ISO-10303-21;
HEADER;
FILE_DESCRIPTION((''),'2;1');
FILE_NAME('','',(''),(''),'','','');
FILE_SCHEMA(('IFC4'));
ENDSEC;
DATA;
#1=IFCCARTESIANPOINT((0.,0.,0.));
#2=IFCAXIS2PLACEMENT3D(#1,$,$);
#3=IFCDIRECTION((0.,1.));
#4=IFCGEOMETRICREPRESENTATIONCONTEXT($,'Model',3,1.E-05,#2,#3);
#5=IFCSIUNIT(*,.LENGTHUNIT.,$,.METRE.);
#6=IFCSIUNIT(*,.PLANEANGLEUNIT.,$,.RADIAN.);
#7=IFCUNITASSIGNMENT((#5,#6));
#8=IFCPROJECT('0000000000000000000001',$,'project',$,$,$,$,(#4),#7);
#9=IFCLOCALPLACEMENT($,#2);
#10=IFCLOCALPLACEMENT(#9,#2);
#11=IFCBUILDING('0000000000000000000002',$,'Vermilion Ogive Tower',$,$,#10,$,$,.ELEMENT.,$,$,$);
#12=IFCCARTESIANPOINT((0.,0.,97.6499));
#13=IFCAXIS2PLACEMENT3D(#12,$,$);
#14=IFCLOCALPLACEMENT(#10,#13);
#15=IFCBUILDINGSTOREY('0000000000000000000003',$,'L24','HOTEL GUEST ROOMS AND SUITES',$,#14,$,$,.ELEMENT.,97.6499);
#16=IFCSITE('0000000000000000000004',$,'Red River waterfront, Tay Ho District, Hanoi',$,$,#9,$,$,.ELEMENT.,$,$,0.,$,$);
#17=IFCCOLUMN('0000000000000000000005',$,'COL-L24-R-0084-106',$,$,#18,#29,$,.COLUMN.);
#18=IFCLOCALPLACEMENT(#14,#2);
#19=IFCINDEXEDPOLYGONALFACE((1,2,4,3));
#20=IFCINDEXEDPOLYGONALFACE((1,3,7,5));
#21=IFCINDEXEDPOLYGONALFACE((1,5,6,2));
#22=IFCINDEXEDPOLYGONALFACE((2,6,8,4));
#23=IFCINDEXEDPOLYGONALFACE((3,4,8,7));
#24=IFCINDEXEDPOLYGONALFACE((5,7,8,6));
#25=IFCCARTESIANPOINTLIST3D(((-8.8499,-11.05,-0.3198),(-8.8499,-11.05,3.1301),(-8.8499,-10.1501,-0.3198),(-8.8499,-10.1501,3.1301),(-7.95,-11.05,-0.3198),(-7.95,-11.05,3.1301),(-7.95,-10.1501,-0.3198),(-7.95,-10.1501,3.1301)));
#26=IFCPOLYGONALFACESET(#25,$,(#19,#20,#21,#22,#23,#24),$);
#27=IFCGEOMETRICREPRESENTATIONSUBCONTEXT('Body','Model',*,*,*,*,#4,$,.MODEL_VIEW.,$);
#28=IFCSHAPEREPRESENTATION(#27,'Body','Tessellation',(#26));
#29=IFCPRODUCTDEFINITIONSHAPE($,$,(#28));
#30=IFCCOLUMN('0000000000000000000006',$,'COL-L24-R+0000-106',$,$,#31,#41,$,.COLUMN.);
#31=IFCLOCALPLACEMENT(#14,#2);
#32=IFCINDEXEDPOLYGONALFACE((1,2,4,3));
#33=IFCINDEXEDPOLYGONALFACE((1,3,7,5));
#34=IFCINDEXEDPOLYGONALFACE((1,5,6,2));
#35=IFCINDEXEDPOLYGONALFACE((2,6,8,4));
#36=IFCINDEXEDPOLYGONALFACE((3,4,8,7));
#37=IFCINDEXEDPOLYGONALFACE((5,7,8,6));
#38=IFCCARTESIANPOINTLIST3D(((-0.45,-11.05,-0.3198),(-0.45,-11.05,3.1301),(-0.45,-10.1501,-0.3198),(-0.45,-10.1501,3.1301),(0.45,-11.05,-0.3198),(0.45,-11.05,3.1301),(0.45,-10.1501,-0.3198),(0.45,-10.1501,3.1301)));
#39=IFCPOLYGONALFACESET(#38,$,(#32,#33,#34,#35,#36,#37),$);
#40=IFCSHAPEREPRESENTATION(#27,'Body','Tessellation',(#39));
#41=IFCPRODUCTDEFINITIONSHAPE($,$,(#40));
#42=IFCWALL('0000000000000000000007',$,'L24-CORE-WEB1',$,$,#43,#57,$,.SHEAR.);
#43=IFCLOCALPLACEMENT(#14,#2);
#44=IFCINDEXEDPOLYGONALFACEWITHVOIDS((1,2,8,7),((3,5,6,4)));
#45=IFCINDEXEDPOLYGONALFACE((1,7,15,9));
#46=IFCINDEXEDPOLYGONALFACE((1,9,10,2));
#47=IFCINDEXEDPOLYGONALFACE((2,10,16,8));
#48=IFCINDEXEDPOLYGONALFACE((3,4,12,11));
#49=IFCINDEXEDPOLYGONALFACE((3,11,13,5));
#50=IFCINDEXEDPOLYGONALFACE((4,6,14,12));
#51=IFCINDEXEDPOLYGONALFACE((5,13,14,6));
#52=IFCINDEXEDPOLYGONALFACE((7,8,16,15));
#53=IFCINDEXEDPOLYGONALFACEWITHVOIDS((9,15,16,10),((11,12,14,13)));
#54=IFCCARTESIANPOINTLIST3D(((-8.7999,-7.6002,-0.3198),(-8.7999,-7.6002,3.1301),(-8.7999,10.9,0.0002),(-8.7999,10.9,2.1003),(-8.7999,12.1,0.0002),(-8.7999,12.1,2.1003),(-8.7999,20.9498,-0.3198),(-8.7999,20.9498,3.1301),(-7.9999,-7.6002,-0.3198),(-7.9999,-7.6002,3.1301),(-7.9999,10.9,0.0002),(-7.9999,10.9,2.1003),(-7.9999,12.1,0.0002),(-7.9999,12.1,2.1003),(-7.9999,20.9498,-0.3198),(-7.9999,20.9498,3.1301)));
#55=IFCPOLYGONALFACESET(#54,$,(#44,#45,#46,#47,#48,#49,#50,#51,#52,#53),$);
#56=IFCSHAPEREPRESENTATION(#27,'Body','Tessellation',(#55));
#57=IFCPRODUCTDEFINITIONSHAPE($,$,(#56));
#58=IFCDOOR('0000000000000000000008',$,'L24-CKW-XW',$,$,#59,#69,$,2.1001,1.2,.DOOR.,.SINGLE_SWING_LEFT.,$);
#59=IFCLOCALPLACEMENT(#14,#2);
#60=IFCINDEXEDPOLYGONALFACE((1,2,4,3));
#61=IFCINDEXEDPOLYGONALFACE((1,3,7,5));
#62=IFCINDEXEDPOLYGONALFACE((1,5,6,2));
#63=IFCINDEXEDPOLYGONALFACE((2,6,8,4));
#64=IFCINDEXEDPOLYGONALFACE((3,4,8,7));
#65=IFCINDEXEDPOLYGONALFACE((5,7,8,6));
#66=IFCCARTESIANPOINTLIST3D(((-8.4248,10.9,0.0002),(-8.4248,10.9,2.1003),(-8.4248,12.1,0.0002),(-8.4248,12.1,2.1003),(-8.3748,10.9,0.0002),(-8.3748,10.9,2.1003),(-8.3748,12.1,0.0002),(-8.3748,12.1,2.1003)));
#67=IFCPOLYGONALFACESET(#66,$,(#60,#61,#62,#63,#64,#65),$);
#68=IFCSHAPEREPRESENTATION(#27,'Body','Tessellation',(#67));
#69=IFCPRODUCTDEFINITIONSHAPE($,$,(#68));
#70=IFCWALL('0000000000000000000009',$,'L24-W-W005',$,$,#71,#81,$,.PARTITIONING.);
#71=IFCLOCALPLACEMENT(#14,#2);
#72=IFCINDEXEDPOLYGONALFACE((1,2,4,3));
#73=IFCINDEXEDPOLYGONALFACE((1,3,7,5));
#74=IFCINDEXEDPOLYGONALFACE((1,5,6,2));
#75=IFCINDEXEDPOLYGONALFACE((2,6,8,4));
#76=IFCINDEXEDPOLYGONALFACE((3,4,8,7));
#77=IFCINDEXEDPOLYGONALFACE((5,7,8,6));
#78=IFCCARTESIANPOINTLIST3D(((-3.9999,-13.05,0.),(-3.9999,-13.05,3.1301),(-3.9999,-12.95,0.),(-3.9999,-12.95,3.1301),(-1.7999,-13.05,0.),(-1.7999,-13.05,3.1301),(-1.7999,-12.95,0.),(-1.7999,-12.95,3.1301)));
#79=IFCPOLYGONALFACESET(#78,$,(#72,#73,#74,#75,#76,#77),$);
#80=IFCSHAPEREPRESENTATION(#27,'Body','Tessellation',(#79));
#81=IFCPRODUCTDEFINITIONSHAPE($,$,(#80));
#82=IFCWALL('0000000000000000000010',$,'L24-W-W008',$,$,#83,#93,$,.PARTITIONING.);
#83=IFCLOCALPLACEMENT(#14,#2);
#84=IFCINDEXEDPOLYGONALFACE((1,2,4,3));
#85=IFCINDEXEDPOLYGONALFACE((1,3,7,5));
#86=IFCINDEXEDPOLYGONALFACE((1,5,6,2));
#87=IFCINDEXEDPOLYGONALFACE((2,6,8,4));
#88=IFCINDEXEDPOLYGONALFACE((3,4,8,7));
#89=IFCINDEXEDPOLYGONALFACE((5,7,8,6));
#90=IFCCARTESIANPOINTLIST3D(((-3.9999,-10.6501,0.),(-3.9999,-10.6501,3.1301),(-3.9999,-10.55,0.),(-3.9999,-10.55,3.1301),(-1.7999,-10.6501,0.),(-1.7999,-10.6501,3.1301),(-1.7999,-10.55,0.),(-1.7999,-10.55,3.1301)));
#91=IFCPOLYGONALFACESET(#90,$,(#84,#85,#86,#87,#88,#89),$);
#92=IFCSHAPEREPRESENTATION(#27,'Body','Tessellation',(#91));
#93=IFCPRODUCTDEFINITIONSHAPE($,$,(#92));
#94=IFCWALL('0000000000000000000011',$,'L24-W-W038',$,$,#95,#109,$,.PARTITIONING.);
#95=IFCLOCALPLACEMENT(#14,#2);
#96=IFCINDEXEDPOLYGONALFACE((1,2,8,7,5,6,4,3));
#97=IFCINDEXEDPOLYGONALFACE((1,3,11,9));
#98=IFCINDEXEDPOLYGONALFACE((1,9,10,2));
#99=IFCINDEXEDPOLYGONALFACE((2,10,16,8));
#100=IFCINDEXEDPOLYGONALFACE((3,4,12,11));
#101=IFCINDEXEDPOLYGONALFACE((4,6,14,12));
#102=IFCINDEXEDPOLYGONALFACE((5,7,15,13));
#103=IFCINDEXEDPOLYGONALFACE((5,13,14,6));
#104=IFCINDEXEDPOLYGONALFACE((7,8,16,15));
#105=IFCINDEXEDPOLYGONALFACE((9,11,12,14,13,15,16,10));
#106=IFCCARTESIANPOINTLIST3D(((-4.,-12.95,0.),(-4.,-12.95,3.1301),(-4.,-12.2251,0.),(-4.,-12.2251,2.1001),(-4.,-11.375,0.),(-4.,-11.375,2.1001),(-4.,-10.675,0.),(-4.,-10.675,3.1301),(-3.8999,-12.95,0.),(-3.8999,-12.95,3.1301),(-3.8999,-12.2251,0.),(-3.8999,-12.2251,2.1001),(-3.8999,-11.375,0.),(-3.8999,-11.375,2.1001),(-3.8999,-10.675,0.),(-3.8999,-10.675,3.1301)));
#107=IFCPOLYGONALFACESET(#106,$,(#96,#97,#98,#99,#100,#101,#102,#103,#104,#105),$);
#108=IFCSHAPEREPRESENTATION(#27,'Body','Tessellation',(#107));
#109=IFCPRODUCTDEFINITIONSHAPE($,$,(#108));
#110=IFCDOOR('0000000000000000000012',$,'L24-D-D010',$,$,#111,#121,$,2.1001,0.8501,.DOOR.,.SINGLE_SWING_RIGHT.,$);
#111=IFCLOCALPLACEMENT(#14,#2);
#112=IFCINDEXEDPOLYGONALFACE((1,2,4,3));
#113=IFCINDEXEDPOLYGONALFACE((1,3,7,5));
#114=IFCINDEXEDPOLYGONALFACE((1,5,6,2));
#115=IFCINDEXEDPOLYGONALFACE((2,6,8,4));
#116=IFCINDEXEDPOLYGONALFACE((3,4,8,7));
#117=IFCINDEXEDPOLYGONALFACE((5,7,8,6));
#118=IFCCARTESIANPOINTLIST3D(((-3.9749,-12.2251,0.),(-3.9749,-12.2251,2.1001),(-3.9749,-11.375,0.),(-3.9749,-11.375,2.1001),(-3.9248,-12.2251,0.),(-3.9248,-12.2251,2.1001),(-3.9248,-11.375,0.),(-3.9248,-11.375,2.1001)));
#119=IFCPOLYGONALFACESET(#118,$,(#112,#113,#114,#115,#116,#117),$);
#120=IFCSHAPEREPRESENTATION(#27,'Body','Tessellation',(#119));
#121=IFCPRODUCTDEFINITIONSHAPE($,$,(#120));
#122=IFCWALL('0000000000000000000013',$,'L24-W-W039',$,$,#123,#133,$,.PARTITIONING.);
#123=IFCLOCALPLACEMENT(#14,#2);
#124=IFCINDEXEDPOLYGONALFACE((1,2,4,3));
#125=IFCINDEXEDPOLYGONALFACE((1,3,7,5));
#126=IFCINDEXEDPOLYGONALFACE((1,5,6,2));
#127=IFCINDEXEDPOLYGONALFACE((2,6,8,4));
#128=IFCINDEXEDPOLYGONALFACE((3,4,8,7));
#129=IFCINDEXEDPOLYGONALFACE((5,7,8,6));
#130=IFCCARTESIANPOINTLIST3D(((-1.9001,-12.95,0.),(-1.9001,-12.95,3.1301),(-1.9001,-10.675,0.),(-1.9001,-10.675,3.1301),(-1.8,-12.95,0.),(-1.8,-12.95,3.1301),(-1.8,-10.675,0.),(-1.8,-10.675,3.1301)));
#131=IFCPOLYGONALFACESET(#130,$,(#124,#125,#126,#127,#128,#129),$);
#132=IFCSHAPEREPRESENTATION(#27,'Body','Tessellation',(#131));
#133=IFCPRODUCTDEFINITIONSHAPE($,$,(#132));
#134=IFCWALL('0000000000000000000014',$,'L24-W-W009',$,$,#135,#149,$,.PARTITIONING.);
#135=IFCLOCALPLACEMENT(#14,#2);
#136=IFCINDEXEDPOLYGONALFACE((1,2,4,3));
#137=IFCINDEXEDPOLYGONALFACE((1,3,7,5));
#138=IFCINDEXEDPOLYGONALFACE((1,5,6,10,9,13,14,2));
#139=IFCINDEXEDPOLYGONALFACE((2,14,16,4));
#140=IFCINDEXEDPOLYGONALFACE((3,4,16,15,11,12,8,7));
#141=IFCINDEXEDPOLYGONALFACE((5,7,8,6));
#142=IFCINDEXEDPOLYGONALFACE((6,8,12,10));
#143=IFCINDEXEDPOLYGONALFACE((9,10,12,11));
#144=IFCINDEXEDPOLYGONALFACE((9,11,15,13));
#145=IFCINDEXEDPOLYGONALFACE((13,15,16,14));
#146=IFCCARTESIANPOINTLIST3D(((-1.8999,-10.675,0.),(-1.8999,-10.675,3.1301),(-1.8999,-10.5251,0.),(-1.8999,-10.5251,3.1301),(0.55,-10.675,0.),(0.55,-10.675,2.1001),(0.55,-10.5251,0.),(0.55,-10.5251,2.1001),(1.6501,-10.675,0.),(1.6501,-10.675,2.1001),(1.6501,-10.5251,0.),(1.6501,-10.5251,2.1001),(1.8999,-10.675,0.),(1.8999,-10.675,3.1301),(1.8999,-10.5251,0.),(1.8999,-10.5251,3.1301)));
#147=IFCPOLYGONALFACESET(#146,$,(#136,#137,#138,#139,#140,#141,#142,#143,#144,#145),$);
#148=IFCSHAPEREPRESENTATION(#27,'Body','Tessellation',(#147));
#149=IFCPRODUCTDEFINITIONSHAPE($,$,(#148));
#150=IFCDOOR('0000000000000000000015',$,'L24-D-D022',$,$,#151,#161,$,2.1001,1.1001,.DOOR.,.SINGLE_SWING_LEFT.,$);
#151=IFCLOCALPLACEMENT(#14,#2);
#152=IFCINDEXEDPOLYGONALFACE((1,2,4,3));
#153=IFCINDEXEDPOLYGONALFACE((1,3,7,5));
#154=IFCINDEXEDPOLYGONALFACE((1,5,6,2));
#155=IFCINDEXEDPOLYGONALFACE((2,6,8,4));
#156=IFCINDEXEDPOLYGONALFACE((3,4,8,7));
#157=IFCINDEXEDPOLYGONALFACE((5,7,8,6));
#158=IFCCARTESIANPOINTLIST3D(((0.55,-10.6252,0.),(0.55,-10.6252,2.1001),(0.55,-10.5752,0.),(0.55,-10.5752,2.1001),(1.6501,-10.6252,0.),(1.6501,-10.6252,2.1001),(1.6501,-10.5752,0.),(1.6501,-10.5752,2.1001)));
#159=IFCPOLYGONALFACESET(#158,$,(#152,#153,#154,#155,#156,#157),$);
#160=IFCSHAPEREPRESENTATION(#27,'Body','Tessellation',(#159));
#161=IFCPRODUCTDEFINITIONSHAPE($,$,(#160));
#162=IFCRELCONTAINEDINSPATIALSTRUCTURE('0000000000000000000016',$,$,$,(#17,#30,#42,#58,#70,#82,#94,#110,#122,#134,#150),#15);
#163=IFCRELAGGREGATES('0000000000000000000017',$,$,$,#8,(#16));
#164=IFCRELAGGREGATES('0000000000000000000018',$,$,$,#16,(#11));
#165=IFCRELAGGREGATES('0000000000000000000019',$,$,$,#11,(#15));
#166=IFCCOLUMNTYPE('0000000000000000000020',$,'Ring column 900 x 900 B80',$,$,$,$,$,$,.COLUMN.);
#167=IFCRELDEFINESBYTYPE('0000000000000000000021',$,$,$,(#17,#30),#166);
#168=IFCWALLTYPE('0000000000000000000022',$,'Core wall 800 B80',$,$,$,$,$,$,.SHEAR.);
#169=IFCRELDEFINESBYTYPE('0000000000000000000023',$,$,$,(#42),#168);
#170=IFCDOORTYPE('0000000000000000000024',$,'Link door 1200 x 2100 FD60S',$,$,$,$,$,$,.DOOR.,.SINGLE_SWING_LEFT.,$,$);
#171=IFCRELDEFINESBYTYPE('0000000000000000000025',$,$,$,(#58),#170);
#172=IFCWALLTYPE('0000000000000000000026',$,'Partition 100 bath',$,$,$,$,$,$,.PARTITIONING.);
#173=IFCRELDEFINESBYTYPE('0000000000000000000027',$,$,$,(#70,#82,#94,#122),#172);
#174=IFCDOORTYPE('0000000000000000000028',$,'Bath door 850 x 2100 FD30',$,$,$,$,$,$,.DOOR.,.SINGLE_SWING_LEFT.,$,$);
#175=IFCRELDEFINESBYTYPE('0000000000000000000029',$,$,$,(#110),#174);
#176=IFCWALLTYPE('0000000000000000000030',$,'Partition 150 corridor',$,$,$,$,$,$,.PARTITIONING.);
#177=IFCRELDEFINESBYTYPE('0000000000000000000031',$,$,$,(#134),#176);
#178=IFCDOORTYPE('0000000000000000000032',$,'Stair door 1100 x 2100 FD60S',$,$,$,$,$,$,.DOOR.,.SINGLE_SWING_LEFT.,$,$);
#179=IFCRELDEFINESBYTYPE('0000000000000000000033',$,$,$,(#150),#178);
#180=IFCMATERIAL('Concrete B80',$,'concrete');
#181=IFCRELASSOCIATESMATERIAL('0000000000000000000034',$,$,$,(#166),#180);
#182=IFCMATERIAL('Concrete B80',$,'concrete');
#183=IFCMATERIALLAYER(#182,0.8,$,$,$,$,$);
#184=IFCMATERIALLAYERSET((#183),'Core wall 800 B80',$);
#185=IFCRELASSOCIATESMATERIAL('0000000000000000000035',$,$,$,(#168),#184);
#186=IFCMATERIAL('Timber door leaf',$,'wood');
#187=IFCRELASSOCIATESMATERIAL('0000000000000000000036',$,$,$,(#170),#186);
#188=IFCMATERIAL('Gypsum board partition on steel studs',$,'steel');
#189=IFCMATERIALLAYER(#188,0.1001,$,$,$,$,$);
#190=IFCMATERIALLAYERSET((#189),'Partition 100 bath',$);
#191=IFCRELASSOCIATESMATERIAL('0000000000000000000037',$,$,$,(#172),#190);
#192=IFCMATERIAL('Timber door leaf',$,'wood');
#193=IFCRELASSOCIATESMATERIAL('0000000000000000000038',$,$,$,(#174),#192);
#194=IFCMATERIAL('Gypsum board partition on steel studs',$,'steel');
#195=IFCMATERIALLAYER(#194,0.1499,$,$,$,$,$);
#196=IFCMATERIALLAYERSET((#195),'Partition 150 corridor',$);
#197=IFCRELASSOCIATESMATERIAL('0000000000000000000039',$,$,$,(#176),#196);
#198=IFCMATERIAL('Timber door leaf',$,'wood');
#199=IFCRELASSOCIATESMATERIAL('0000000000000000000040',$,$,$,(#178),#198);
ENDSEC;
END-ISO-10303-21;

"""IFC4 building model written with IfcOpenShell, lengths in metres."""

from ifc_helpers import new_model, si_unit, direction, frame, frame_2d, origin, origin_2d, place, context, subcontext, project, spatial, rectangle, extrude, material, layer, layer_set, material_profile, profile_set, type_object, element, fill, save


model = new_model("IFC4")

# Units and contexts
model_context = context("Model", 3, precision=1e-05, world=origin(), true_north=direction((0.0, 1.0)))
body_context = subcontext(model_context, "Body", "Model", "MODEL_VIEW")
ifc_project = project(units=[si_unit("LENGTHUNIT", "METRE"), si_unit("PLANEANGLEUNIT", "RADIAN")], contexts=[model_context])

# Site, building, storey
site_placement = place(None, origin())
site = spatial("IfcSite", under=ifc_project, at=site_placement, Name="Red River waterfront, Tay Ho District, Hanoi", CompositionType="ELEMENT", RefElevation=0.0)
building_placement = place(site_placement, origin())
building = spatial("IfcBuilding", under=site, at=building_placement, Name="Vermilion Ogive Tower", CompositionType="ELEMENT")
storey_placement = place(building_placement, frame((0.0, 0.0, 97.6499)))
storey = spatial("IfcBuildingStorey", under=building, at=storey_placement, Name="L24", Description="HOTEL GUEST ROOMS AND SUITES", CompositionType="ELEMENT", Elevation=97.6499)

# Columns
ifc_material_1 = material(Name="Concrete B80", Category="concrete")
ifc_material_profile = material_profile(ifc_material_1, rectangle(XDim=0.8999, YDim=0.8999, at=origin_2d()), Name="900 x 900")
ifc_profile_set = profile_set([ifc_material_profile], Name="Concrete B80")
column_type = type_object("IfcColumnType", Name="Ring column 900 x 900 B80", PredefinedType="COLUMN", material=ifc_profile_set)
for number, where, z_axis, x_axis, name in (
    (1, (-8.3999, -10.6001, -0.3198), (0.0, 0.0, 1.0), (1.0, 0.0, 0.0), "COL-L24-R-0084-106"),
    (2, (0.0, -10.6001, -0.3198), (0.0, 0.0, 1.0), (1.0, 0.0, 0.0), "COL-L24-R+0000-106"),
):
    element("IfcColumn", number, at=place(storey_placement, frame(where, z_axis=z_axis, x_axis=x_axis)), inside=storey, type_object=column_type, Name=name, PredefinedType="COLUMN", context=body_context, shape_type="SweptSolid", body=[
        extrude(rectangle(XDim=0.8999, YDim=0.8999, at=origin_2d()), origin(), (0.0, 0.0, 1.0), 3.45),
    ])

# Wall, opening, door
ifc_material_2 = material(Name="Concrete B80", Category="concrete")
ifc_layer_1 = layer(ifc_material_2, 0.8)
ifc_layer_set_1 = layer_set([ifc_layer_1], Name="Core wall 800 B80")
wall_type_1 = type_object("IfcWallType", Name="Core wall 800 B80", PredefinedType="SHEAR", material=ifc_layer_set_1)
wall_1_placement = place(storey_placement, frame((-8.3999, -7.6001, -0.3198), z_axis=(0.0, 0.0, 1.0), x_axis=(0.0, 1.0, 0.0)))
wall_1 = element("IfcWall", 3, at=wall_1_placement, inside=storey, type_object=wall_type_1, Name="L24-CORE-WEB1", PredefinedType="SHEAR", context=body_context, shape_type="SweptSolid", body=[
    extrude(rectangle(XDim=28.55, YDim=0.8, at=frame_2d((14.2749, 0.0))), origin(), (0.0, 0.0, 1.0), 3.45),
])
opening_1_placement = place(wall_1_placement, frame((18.5, 0.0, 0.3201)))
opening_1 = element("IfcOpeningElement", 4, at=opening_1_placement, cuts=wall_1, PredefinedType="OPENING", context=body_context, shape_type="SweptSolid", body=[
    extrude(rectangle(XDim=1.2, YDim=2.1001, at=frame_2d((0.6001, 1.05))), frame((0.0, 0.4099, 0.0), z_axis=(0.0, -1.0, 0.0), x_axis=(1.0, 0.0, 0.0)), (0.0, 0.0, 1.0), 0.8201),
])
ifc_material_3 = material(Name="Timber door leaf", Category="wood")
door_type_1 = type_object("IfcDoorType", Name="Link door 1200 x 2100 FD60S", OperationType="SINGLE_SWING_LEFT", PredefinedType="DOOR", material=ifc_material_3)
door_1_placement = place(opening_1_placement, origin())
door_1 = element("IfcDoor", 5, at=door_1_placement, inside=storey, type_object=door_type_1, Name="L24-CKW-XW", OperationType="SINGLE_SWING_LEFT", OverallHeight=2.1001, OverallWidth=1.2, PredefinedType="DOOR", context=body_context, shape_type="SweptSolid", body=[
    extrude(rectangle(XDim=1.2, YDim=2.1001, at=frame_2d((0.6001, 1.05))), frame((0.0, 0.0249, 0.0), z_axis=(0.0, -1.0, 0.0), x_axis=(1.0, 0.0, 0.0)), (0.0, 0.0, 1.0), 0.05),
])
fill(opening_1, door_1)

# Walls
ifc_material_4 = material(Name="Gypsum board partition on steel studs", Category="steel")
ifc_layer_2 = layer(ifc_material_4, 0.1001)
ifc_layer_set_2 = layer_set([ifc_layer_2], Name="Partition 100 bath")
wall_type_2 = type_object("IfcWallType", Name="Partition 100 bath", PredefinedType="PARTITIONING", material=ifc_layer_set_2)
for number, where, z_axis, x_axis, name in (
    (6, (-4.0, -13.0, 0.0), (0.0, 0.0, 1.0), (1.0, 0.0, 0.0), "L24-W-W005"),
    (7, (-4.0, -10.6001, 0.0), (0.0, 0.0, 1.0), (1.0, 0.0, 0.0), "L24-W-W008"),
):
    element("IfcWall", number, at=place(storey_placement, frame(where, z_axis=z_axis, x_axis=x_axis)), inside=storey, type_object=wall_type_2, Name=name, PredefinedType="PARTITIONING", context=body_context, shape_type="SweptSolid", body=[
        extrude(rectangle(XDim=2.2, YDim=0.1001, at=frame_2d((1.1001, 0.0))), origin(), (0.0, 0.0, 1.0), 3.1301),
    ])

# Wall, opening, door
wall_2_placement = place(storey_placement, frame((-3.95, -12.95, 0.0), z_axis=(0.0, 0.0, 1.0), x_axis=(0.0, 1.0, 0.0)))
wall_2 = element("IfcWall", 8, at=wall_2_placement, inside=storey, type_object=wall_type_2, Name="L24-W-W038", PredefinedType="PARTITIONING", context=body_context, shape_type="SweptSolid", body=[
    extrude(rectangle(XDim=2.2749, YDim=0.1001, at=frame_2d((1.1375, 0.0))), origin(), (0.0, 0.0, 1.0), 3.1301),
])
opening_2_placement = place(wall_2_placement, frame((0.7249, 0.0, 0.0)))
opening_2 = element("IfcOpeningElement", 9, at=opening_2_placement, cuts=wall_2, PredefinedType="OPENING", context=body_context, shape_type="SweptSolid", body=[
    extrude(rectangle(XDim=0.8501, YDim=2.1001, at=frame_2d((0.425, 1.05))), frame((0.0, 0.0601, 0.0), z_axis=(0.0, -1.0, 0.0), x_axis=(1.0, 0.0, 0.0)), (0.0, 0.0, 1.0), 0.1201),
])
ifc_material_5 = material(Name="Timber door leaf", Category="wood")
door_type_2 = type_object("IfcDoorType", Name="Bath door 850 x 2100 FD30", OperationType="SINGLE_SWING_LEFT", PredefinedType="DOOR", material=ifc_material_5)
door_2_placement = place(opening_2_placement, origin())
door_2 = element("IfcDoor", 10, at=door_2_placement, inside=storey, type_object=door_type_2, Name="L24-D-D010", OperationType="SINGLE_SWING_RIGHT", OverallHeight=2.1001, OverallWidth=0.8501, PredefinedType="DOOR", context=body_context, shape_type="SweptSolid", body=[
    extrude(rectangle(XDim=0.8501, YDim=2.1001, at=frame_2d((0.425, 1.05))), frame((0.0, 0.0249, 0.0), z_axis=(0.0, -1.0, 0.0), x_axis=(1.0, 0.0, 0.0)), (0.0, 0.0, 1.0), 0.05),
])
fill(opening_2, door_2)

# Wall
wall_3_placement = place(storey_placement, frame((-1.8501, -12.95, 0.0), z_axis=(0.0, 0.0, 1.0), x_axis=(0.0, 1.0, 0.0)))
element("IfcWall", 11, at=wall_3_placement, inside=storey, type_object=wall_type_2, Name="L24-W-W039", PredefinedType="PARTITIONING", context=body_context, shape_type="SweptSolid", body=[
    extrude(rectangle(XDim=2.2749, YDim=0.1001, at=frame_2d((1.1375, 0.0))), origin(), (0.0, 0.0, 1.0), 3.1301),
])

# Wall, opening, door
ifc_material_6 = material(Name="Gypsum board partition on steel studs", Category="steel")
ifc_layer_3 = layer(ifc_material_6, 0.1499)
ifc_layer_set_3 = layer_set([ifc_layer_3], Name="Partition 150 corridor")
wall_type_3 = type_object("IfcWallType", Name="Partition 150 corridor", PredefinedType="PARTITIONING", material=ifc_layer_set_3)
wall_4_placement = place(storey_placement, frame((-1.8999, -10.6001, 0.0), z_axis=(0.0, 0.0, 1.0), x_axis=(1.0, 0.0, 0.0)))
wall_4 = element("IfcWall", 12, at=wall_4_placement, inside=storey, type_object=wall_type_3, Name="L24-W-W009", PredefinedType="PARTITIONING", context=body_context, shape_type="SweptSolid", body=[
    extrude(rectangle(XDim=3.7998, YDim=0.1499, at=frame_2d((1.8999, 0.0))), origin(), (0.0, 0.0, 1.0), 3.1301),
])
opening_3_placement = place(wall_4_placement, frame((2.45, 0.0, 0.0)))
opening_3 = element("IfcOpeningElement", 13, at=opening_3_placement, cuts=wall_4, PredefinedType="OPENING", context=body_context, shape_type="SweptSolid", body=[
    extrude(rectangle(XDim=1.1001, YDim=2.1001, at=frame_2d((0.55, 1.05))), frame((0.0, 0.085, 0.0), z_axis=(0.0, -1.0, 0.0), x_axis=(1.0, 0.0, 0.0)), (0.0, 0.0, 1.0), 0.1699),
])
ifc_material_7 = material(Name="Timber door leaf", Category="wood")
door_type_3 = type_object("IfcDoorType", Name="Stair door 1100 x 2100 FD60S", OperationType="SINGLE_SWING_LEFT", PredefinedType="DOOR", material=ifc_material_7)
door_3_placement = place(opening_3_placement, origin())
door_3 = element("IfcDoor", 14, at=door_3_placement, inside=storey, type_object=door_type_3, Name="L24-D-D022", OperationType="SINGLE_SWING_LEFT", OverallHeight=2.1001, OverallWidth=1.1001, PredefinedType="DOOR", context=body_context, shape_type="SweptSolid", body=[
    extrude(rectangle(XDim=1.1001, YDim=2.1001, at=frame_2d((0.55, 1.05))), frame((0.0, 0.0249, 0.0), z_axis=(0.0, -1.0, 0.0), x_axis=(1.0, 0.0, 0.0)), (0.0, 0.0, 1.0), 0.05),
])
fill(opening_3, door_3)

save(model, "model.ifc")
